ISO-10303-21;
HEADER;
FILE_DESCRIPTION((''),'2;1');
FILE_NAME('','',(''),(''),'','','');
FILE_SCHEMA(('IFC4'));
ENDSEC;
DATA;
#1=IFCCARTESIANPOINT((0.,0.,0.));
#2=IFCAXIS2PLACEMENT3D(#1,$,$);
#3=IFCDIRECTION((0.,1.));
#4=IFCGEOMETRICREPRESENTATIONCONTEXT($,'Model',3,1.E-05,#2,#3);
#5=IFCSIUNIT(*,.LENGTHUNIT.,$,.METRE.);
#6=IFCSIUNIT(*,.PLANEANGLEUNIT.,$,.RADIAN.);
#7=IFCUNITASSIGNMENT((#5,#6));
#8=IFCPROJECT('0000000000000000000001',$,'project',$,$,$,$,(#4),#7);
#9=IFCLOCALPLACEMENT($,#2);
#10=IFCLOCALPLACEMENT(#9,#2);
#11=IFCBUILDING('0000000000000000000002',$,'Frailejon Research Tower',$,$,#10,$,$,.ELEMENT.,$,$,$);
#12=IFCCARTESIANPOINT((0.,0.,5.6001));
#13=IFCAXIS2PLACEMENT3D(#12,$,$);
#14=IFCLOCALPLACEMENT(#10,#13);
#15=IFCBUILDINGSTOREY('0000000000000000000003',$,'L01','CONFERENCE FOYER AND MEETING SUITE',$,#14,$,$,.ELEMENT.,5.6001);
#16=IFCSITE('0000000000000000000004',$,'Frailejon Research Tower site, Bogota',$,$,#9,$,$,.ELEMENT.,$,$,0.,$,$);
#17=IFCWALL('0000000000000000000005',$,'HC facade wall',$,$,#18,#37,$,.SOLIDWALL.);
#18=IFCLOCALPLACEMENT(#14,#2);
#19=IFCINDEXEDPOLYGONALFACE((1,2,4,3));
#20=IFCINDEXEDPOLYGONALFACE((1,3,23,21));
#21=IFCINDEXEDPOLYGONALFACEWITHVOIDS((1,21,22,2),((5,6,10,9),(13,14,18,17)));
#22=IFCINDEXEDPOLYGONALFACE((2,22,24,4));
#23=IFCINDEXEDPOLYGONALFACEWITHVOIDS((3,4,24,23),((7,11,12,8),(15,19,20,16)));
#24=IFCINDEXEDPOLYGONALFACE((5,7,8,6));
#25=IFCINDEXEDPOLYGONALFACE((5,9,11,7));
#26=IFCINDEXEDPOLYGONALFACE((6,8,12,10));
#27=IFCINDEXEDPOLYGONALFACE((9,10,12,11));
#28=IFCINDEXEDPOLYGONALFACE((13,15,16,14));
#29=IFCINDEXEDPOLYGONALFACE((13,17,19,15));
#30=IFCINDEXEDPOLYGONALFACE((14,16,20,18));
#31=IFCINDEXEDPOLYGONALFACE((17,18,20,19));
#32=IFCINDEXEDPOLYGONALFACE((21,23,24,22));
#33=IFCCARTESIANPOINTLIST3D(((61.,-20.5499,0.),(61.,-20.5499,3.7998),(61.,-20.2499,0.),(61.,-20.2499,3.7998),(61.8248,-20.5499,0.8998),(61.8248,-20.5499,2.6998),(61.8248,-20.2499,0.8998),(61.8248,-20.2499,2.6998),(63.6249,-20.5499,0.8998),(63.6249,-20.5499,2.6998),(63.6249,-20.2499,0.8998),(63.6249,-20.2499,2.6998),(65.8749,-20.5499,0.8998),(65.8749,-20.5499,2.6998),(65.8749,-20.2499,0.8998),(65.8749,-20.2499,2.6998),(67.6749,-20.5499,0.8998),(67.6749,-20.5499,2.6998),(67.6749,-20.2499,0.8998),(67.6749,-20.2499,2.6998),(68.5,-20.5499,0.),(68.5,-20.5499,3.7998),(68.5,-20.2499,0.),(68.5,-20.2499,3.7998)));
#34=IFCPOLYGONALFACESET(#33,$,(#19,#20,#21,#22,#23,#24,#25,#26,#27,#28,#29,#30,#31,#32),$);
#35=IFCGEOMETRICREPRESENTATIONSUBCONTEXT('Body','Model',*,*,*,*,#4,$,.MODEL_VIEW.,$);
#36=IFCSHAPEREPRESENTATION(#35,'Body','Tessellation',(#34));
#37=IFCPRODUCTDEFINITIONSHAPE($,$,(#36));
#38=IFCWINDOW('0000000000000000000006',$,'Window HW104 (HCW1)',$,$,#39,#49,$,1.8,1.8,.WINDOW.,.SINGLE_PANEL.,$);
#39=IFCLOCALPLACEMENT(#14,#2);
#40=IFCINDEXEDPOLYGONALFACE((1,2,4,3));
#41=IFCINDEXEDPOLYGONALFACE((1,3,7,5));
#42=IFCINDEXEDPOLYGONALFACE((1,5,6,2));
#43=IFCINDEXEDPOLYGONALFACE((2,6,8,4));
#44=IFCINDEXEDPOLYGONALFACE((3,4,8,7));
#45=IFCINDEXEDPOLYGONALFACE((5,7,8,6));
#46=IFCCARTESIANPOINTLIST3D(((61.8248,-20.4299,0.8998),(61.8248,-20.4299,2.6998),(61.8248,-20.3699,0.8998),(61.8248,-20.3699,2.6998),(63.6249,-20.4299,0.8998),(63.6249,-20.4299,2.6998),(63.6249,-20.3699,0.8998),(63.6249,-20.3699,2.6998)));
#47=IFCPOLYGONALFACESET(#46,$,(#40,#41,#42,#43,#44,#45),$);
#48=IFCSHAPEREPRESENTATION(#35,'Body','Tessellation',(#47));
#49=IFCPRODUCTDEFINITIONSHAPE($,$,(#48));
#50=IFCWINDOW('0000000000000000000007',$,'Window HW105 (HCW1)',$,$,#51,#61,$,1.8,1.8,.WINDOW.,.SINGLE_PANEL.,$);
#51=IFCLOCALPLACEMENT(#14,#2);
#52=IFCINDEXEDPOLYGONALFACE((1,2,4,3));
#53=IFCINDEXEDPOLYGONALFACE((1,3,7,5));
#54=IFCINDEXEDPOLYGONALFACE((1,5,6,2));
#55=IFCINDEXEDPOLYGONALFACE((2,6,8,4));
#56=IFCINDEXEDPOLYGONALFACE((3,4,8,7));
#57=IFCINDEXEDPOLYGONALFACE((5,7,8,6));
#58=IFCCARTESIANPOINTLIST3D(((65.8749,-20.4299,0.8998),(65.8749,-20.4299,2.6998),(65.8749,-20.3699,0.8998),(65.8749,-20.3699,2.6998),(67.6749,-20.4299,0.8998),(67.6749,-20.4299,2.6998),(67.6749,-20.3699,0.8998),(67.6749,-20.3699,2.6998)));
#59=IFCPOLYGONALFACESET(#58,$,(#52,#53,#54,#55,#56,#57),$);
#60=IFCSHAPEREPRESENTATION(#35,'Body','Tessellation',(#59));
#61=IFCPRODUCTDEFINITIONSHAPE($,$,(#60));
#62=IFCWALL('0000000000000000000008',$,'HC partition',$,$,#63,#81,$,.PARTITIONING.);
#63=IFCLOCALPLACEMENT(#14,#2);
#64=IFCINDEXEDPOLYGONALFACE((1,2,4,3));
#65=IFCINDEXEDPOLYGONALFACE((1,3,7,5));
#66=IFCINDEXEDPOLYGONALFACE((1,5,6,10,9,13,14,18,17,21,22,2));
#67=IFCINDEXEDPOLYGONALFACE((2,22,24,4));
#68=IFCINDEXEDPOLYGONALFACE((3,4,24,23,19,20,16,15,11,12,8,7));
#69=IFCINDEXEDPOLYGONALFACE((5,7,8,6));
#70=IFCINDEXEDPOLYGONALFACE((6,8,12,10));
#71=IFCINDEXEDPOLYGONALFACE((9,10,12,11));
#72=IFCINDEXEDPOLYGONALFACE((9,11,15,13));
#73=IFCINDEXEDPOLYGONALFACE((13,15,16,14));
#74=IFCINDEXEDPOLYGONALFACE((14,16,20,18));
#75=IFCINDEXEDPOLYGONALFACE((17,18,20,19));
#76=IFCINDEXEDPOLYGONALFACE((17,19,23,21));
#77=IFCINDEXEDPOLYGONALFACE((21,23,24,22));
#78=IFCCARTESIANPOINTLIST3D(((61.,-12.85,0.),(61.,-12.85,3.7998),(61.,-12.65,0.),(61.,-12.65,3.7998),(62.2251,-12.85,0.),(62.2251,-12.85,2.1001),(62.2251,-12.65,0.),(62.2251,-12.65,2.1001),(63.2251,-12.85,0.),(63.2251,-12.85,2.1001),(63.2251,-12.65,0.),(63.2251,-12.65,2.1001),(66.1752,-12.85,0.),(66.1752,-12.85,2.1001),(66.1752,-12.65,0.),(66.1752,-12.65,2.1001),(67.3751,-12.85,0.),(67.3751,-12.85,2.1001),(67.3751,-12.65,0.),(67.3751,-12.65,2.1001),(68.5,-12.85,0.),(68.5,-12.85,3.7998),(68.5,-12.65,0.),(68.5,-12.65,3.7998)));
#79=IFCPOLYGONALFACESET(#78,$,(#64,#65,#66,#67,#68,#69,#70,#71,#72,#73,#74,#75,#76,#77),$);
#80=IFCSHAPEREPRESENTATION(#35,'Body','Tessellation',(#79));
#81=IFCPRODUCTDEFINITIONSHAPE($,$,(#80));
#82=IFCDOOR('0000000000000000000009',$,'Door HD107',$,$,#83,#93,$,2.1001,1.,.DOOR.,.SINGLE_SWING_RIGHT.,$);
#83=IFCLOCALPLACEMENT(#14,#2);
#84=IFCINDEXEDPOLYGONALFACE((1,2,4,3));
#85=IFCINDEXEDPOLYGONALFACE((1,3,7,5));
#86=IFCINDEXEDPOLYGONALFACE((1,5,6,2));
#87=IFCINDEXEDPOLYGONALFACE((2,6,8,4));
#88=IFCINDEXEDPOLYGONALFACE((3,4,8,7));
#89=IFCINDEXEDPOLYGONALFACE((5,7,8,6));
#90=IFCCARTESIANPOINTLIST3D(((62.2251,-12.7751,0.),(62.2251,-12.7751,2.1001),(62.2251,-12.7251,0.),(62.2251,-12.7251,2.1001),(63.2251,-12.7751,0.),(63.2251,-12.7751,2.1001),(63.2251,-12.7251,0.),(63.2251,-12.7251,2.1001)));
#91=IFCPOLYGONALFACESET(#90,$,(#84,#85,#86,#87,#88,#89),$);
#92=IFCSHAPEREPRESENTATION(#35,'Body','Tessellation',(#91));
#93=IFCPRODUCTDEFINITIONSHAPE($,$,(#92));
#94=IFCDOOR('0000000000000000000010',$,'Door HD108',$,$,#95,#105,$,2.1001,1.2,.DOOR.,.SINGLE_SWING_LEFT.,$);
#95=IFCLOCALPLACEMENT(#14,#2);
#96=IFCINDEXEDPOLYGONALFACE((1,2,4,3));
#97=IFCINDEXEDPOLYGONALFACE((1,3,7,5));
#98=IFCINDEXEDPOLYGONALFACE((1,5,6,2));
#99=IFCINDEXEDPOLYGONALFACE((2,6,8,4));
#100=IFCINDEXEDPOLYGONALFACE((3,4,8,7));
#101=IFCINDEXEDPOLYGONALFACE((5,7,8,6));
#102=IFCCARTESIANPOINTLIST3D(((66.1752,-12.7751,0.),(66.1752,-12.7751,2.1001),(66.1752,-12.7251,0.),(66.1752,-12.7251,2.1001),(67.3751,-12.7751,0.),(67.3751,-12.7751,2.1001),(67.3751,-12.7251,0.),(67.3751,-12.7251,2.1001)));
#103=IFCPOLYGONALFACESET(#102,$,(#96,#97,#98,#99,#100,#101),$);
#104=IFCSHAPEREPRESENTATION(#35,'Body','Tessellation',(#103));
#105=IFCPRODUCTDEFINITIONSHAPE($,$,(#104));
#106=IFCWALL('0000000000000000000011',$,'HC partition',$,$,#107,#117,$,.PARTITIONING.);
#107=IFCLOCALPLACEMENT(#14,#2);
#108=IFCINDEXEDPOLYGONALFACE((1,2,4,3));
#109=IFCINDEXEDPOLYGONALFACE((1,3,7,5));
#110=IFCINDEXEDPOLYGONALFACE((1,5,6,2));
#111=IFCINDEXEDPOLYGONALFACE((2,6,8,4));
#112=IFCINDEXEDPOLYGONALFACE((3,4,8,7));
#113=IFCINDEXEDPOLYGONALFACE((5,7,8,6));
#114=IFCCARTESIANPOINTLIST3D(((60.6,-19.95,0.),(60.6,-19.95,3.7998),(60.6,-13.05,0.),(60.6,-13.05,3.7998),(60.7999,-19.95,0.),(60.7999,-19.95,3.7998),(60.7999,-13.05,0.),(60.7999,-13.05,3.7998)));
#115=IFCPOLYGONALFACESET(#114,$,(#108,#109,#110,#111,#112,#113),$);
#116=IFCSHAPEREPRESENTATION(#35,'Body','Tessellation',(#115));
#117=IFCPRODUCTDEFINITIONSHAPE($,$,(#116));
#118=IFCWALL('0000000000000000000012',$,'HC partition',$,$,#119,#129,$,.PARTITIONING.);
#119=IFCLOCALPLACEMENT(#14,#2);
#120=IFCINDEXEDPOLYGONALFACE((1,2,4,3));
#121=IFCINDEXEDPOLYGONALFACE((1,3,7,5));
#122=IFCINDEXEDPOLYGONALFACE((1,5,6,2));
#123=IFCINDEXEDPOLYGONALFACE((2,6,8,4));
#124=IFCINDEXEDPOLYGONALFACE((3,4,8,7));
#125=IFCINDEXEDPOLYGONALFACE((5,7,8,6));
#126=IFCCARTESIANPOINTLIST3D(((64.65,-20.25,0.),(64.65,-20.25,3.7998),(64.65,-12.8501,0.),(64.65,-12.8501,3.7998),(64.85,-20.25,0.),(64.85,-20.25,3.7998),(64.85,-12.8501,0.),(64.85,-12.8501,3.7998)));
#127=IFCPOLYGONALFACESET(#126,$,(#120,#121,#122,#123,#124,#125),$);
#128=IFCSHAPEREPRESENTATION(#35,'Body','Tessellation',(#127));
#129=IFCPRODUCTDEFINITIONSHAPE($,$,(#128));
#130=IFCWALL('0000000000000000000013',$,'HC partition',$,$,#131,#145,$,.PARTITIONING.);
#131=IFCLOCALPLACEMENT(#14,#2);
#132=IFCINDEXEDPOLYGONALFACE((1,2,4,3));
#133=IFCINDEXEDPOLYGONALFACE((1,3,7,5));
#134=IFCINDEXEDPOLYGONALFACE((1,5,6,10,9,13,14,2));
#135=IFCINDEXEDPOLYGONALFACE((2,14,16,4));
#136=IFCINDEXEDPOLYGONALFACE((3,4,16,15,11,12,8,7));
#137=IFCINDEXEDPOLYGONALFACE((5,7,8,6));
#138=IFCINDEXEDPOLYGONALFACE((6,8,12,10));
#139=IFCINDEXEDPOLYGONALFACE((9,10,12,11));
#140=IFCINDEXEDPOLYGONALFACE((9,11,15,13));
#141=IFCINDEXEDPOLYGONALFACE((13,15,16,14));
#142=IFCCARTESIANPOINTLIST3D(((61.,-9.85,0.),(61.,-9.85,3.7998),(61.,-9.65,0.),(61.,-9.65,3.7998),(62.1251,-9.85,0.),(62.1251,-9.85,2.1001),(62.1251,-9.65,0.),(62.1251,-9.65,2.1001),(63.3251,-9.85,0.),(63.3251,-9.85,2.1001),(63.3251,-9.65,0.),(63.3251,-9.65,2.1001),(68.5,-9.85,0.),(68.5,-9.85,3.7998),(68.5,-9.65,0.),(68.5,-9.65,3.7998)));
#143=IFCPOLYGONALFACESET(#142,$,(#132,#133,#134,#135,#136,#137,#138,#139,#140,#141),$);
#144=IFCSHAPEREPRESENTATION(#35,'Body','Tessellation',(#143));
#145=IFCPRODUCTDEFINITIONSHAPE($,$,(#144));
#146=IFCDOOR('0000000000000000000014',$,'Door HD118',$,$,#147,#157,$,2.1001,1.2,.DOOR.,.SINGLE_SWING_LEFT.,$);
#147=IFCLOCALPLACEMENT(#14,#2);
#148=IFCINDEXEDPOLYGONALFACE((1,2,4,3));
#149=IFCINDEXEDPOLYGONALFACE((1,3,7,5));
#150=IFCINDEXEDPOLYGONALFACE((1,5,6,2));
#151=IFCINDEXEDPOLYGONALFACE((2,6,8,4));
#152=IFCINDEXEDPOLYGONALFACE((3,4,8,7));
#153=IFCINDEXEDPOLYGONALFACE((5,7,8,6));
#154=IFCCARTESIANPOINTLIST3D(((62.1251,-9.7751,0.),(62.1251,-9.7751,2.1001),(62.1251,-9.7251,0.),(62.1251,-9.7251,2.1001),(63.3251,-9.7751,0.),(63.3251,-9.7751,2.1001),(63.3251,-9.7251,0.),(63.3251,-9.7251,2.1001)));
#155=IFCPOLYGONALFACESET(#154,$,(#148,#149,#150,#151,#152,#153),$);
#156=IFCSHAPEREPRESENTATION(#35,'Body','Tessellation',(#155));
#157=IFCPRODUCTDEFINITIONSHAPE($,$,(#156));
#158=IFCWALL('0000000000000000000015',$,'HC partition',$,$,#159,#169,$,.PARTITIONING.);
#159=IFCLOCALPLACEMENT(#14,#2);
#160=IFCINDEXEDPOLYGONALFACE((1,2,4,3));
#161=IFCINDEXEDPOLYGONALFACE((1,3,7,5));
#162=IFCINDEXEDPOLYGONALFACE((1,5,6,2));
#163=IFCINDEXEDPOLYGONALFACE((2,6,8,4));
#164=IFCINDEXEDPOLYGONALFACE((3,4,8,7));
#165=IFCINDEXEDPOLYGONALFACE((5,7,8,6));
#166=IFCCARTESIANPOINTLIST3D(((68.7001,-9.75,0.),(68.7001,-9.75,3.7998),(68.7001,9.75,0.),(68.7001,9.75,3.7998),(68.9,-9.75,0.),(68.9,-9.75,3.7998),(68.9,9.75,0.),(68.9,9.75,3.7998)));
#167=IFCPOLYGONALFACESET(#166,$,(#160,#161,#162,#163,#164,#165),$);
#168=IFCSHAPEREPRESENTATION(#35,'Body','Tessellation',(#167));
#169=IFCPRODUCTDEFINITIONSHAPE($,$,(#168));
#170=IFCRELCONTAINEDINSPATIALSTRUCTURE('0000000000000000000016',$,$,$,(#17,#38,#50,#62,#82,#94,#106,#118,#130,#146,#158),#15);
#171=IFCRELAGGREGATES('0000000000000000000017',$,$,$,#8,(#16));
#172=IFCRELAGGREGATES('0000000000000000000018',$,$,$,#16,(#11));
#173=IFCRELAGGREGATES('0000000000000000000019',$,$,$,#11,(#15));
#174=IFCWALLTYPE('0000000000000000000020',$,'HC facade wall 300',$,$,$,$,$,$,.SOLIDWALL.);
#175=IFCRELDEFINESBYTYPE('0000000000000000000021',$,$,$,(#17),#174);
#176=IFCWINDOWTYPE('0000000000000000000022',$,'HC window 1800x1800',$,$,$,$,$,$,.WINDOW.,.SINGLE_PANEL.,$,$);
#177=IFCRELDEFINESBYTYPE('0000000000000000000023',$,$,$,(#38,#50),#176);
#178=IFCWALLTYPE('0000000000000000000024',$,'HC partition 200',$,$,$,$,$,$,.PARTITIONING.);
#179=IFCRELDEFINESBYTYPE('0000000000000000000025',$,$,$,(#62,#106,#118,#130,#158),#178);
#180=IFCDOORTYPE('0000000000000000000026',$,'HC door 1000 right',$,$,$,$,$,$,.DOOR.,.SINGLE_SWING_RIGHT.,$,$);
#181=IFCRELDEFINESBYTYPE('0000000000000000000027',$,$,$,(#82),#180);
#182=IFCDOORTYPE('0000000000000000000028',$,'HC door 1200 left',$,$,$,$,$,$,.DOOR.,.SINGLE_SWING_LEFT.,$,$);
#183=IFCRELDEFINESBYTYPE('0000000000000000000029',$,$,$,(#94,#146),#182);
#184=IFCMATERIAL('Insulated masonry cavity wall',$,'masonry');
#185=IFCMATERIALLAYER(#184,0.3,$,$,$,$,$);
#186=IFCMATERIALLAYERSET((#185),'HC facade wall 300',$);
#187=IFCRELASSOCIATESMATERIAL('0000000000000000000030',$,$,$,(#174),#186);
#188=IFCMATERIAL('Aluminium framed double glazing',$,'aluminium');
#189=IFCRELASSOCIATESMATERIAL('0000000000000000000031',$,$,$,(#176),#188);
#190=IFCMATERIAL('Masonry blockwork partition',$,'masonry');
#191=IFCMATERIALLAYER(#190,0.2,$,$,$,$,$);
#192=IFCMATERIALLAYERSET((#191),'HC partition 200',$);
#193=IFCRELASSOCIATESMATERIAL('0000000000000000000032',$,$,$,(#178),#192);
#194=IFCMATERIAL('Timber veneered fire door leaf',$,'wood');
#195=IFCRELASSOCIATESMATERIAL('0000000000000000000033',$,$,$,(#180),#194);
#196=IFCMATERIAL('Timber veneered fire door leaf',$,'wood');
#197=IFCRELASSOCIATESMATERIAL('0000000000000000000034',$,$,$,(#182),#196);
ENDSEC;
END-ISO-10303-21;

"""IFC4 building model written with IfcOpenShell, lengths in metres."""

from ifc_helpers import new_model, si_unit, direction, frame, frame_2d, origin, place, context, subcontext, project, spatial, rectangle, extrude, material, layer, layer_set, type_object, element, fill, save


model = new_model("IFC4")

# Units and contexts
model_context = context("Model", 3, precision=1e-05, world=origin(), true_north=direction((0.0, 1.0)))
body_context = subcontext(model_context, "Body", "Model", "MODEL_VIEW")
ifc_project = project(units=[si_unit("LENGTHUNIT", "METRE"), si_unit("PLANEANGLEUNIT", "RADIAN")], contexts=[model_context])

# Site, building, storey
site_placement = place(None, origin())
site = spatial("IfcSite", under=ifc_project, at=site_placement, Name="Frailejon Research Tower site, Bogota", CompositionType="ELEMENT", RefElevation=0.0)
building_placement = place(site_placement, origin())
building = spatial("IfcBuilding", under=site, at=building_placement, Name="Frailejon Research Tower", CompositionType="ELEMENT")
storey_placement = place(building_placement, frame((0.0, 0.0, 5.6001)))
storey = spatial("IfcBuildingStorey", under=building, at=storey_placement, Name="L01", Description="CONFERENCE FOYER AND MEETING SUITE", CompositionType="ELEMENT", Elevation=5.6001)

# Wall, openings, windows
ifc_material_1 = material(Name="Insulated masonry cavity wall", Category="masonry")
ifc_layer_1 = layer(ifc_material_1, 0.3)
ifc_layer_set_1 = layer_set([ifc_layer_1], Name="HC facade wall 300")
wall_type_1 = type_object("IfcWallType", Name="HC facade wall 300", PredefinedType="SOLIDWALL", material=ifc_layer_set_1)
wall_1_placement = place(storey_placement, frame((61.0, -20.3999, 0.0), z_axis=(0.0, 0.0, 1.0), x_axis=(1.0, 0.0, 0.0)))
wall_1 = element("IfcWall", 1, at=wall_1_placement, inside=storey, type_object=wall_type_1, Name="HC facade wall", PredefinedType="SOLIDWALL", context=body_context, shape_type="SweptSolid", body=[
    extrude(rectangle(XDim=7.5, YDim=0.3, at=frame_2d((3.75, 0.0))), origin(), (0.0, 0.0, 1.0), 3.7998),
])
opening_1_placement = place(wall_1_placement, frame((0.825, 0.0, 0.8999)))
opening_1 = element("IfcOpeningElement", 2, at=opening_1_placement, cuts=wall_1, PredefinedType="OPENING", context=body_context, shape_type="SweptSolid", body=[
    extrude(rectangle(XDim=1.8, YDim=1.8, at=frame_2d((0.8999, 0.8999))), frame((0.0, 0.1599, 0.0), z_axis=(0.0, -1.0, 0.0), x_axis=(1.0, 0.0, 0.0)), (0.0, 0.0, 1.0), 0.3201),
])
opening_2_placement = place(wall_1_placement, frame((4.875, 0.0, 0.8999)))
opening_2 = element("IfcOpeningElement", 3, at=opening_2_placement, cuts=wall_1, PredefinedType="OPENING", context=body_context, shape_type="SweptSolid", body=[
    extrude(rectangle(XDim=1.8, YDim=1.8, at=frame_2d((0.8999, 0.8999))), frame((0.0, 0.1599, 0.0), z_axis=(0.0, -1.0, 0.0), x_axis=(1.0, 0.0, 0.0)), (0.0, 0.0, 1.0), 0.3201),
])
ifc_material_2 = material(Name="Aluminium framed double glazing", Category="aluminium")
window_type = type_object("IfcWindowType", Name="HC window 1800x1800", PartitioningType="SINGLE_PANEL", PredefinedType="WINDOW", material=ifc_material_2)
window_1_placement = place(opening_1_placement, origin())
window_1 = element("IfcWindow", 4, at=window_1_placement, inside=storey, type_object=window_type, Name="Window HW104 (HCW1)", OverallHeight=1.8, OverallWidth=1.8, PartitioningType="SINGLE_PANEL", PredefinedType="WINDOW", context=body_context, shape_type="SweptSolid", body=[
    extrude(rectangle(XDim=1.8, YDim=1.8, at=frame_2d((0.8999, 0.8999))), frame((0.0, 0.03, 0.0), z_axis=(0.0, -1.0, 0.0), x_axis=(1.0, 0.0, 0.0)), (0.0, 0.0, 1.0), 0.0601),
])
fill(opening_1, window_1)
window_2_placement = place(opening_2_placement, origin())
window_2 = element("IfcWindow", 5, at=window_2_placement, inside=storey, type_object=window_type, Name="Window HW105 (HCW1)", OverallHeight=1.8, OverallWidth=1.8, PartitioningType="SINGLE_PANEL", PredefinedType="WINDOW", context=body_context, shape_type="SweptSolid", body=[
    extrude(rectangle(XDim=1.8, YDim=1.8, at=frame_2d((0.8999, 0.8999))), frame((0.0, 0.03, 0.0), z_axis=(0.0, -1.0, 0.0), x_axis=(1.0, 0.0, 0.0)), (0.0, 0.0, 1.0), 0.0601),
])
fill(opening_2, window_2)

# Wall, openings, doors
ifc_material_3 = material(Name="Masonry blockwork partition", Category="masonry")
ifc_layer_2 = layer(ifc_material_3, 0.2)
ifc_layer_set_2 = layer_set([ifc_layer_2], Name="HC partition 200")
wall_type_2 = type_object("IfcWallType", Name="HC partition 200", PredefinedType="PARTITIONING", material=ifc_layer_set_2)
wall_2_placement = place(storey_placement, frame((61.0, -12.75, 0.0), z_axis=(0.0, 0.0, 1.0), x_axis=(1.0, 0.0, 0.0)))
wall_2 = element("IfcWall", 6, at=wall_2_placement, inside=storey, type_object=wall_type_2, Name="HC partition", PredefinedType="PARTITIONING", context=body_context, shape_type="SweptSolid", body=[
    extrude(rectangle(XDim=7.5, YDim=0.2, at=frame_2d((3.75, 0.0))), origin(), (0.0, 0.0, 1.0), 3.7998),
])
opening_3_placement = place(wall_2_placement, frame((1.2251, 0.0, 0.0)))
opening_3 = element("IfcOpeningElement", 7, at=opening_3_placement, cuts=wall_2, PredefinedType="OPENING", context=body_context, shape_type="SweptSolid", body=[
    extrude(rectangle(XDim=1.0, YDim=2.1001, at=frame_2d((0.5, 1.05))), frame((0.0, 0.1099, 0.0), z_axis=(0.0, -1.0, 0.0), x_axis=(1.0, 0.0, 0.0)), (0.0, 0.0, 1.0), 0.22),
])
opening_4_placement = place(wall_2_placement, frame((5.175, 0.0, 0.0)))
opening_4 = element("IfcOpeningElement", 8, at=opening_4_placement, cuts=wall_2, PredefinedType="OPENING", context=body_context, shape_type="SweptSolid", body=[
    extrude(rectangle(XDim=1.2, YDim=2.1001, at=frame_2d((0.6001, 1.05))), frame((0.0, 0.1099, 0.0), z_axis=(0.0, -1.0, 0.0), x_axis=(1.0, 0.0, 0.0)), (0.0, 0.0, 1.0), 0.22),
])
ifc_material_4 = material(Name="Timber veneered fire door leaf", Category="wood")
door_type_1 = type_object("IfcDoorType", Name="HC door 1000 right", OperationType="SINGLE_SWING_RIGHT", PredefinedType="DOOR", material=ifc_material_4)
door_1_placement = place(opening_3_placement, origin())
door_1 = element("IfcDoor", 9, at=door_1_placement, inside=storey, type_object=door_type_1, Name="Door HD107", OperationType="SINGLE_SWING_RIGHT", OverallHeight=2.1001, OverallWidth=1.0, PredefinedType="DOOR", context=body_context, shape_type="SweptSolid", body=[
    extrude(rectangle(XDim=1.0, YDim=2.1001, at=frame_2d((0.5, 1.05))), frame((0.0, 0.0249, 0.0), z_axis=(0.0, -1.0, 0.0), x_axis=(1.0, 0.0, 0.0)), (0.0, 0.0, 1.0), 0.05),
])
fill(opening_3, door_1)
ifc_material_5 = material(Name="Timber veneered fire door leaf", Category="wood")
door_type_2 = type_object("IfcDoorType", Name="HC door 1200 left", OperationType="SINGLE_SWING_LEFT", PredefinedType="DOOR", material=ifc_material_5)
door_2_placement = place(opening_4_placement, origin())
door_2 = element("IfcDoor", 10, at=door_2_placement, inside=storey, type_object=door_type_2, Name="Door HD108", OperationType="SINGLE_SWING_LEFT", OverallHeight=2.1001, OverallWidth=1.2, PredefinedType="DOOR", context=body_context, shape_type="SweptSolid", body=[
    extrude(rectangle(XDim=1.2, YDim=2.1001, at=frame_2d((0.6001, 1.05))), frame((0.0, 0.0249, 0.0), z_axis=(0.0, -1.0, 0.0), x_axis=(1.0, 0.0, 0.0)), (0.0, 0.0, 1.0), 0.05),
])
fill(opening_4, door_2)

# Walls
wall_3_placement = place(storey_placement, frame((60.7, -19.95, 0.0), z_axis=(0.0, 0.0, 1.0), x_axis=(0.0, 1.0, 0.0)))
element("IfcWall", 11, at=wall_3_placement, inside=storey, type_object=wall_type_2, Name="HC partition", PredefinedType="PARTITIONING", context=body_context, shape_type="SweptSolid", body=[
    extrude(rectangle(XDim=6.8999, YDim=0.2, at=frame_2d((3.45, 0.0))), origin(), (0.0, 0.0, 1.0), 3.7998),
])
wall_4_placement = place(storey_placement, frame((64.75, -20.25, 0.0), z_axis=(0.0, 0.0, 1.0), x_axis=(0.0, 1.0, 0.0)))
element("IfcWall", 12, at=wall_4_placement, inside=storey, type_object=wall_type_2, Name="HC partition", PredefinedType="PARTITIONING", context=body_context, shape_type="SweptSolid", body=[
    extrude(rectangle(XDim=7.3999, YDim=0.2, at=frame_2d((3.7, 0.0))), origin(), (0.0, 0.0, 1.0), 3.7998),
])

# Wall, opening, door
wall_5_placement = place(storey_placement, frame((61.0, -9.75, 0.0), z_axis=(0.0, 0.0, 1.0), x_axis=(1.0, 0.0, 0.0)))
wall_5 = element("IfcWall", 13, at=wall_5_placement, inside=storey, type_object=wall_type_2, Name="HC partition", PredefinedType="PARTITIONING", context=body_context, shape_type="SweptSolid", body=[
    extrude(rectangle(XDim=7.5, YDim=0.2, at=frame_2d((3.75, 0.0))), origin(), (0.0, 0.0, 1.0), 3.7998),
])
opening_5_placement = place(wall_5_placement, frame((1.125, 0.0, 0.0)))
opening_5 = element("IfcOpeningElement", 14, at=opening_5_placement, cuts=wall_5, PredefinedType="OPENING", context=body_context, shape_type="SweptSolid", body=[
    extrude(rectangle(XDim=1.2, YDim=2.1001, at=frame_2d((0.6001, 1.05))), frame((0.0, 0.1099, 0.0), z_axis=(0.0, -1.0, 0.0), x_axis=(1.0, 0.0, 0.0)), (0.0, 0.0, 1.0), 0.22),
])
door_3_placement = place(opening_5_placement, origin())
door_3 = element("IfcDoor", 15, at=door_3_placement, inside=storey, type_object=door_type_2, Name="Door HD118", OperationType="SINGLE_SWING_LEFT", OverallHeight=2.1001, OverallWidth=1.2, PredefinedType="DOOR", context=body_context, shape_type="SweptSolid", body=[
    extrude(rectangle(XDim=1.2, YDim=2.1001, at=frame_2d((0.6001, 1.05))), frame((0.0, 0.0249, 0.0), z_axis=(0.0, -1.0, 0.0), x_axis=(1.0, 0.0, 0.0)), (0.0, 0.0, 1.0), 0.05),
])
fill(opening_5, door_3)

# Wall
wall_6_placement = place(storey_placement, frame((68.8, -9.75, 0.0), z_axis=(0.0, 0.0, 1.0), x_axis=(0.0, 1.0, 0.0)))
element("IfcWall", 16, at=wall_6_placement, inside=storey, type_object=wall_type_2, Name="HC partition", PredefinedType="PARTITIONING", context=body_context, shape_type="SweptSolid", body=[
    extrude(rectangle(XDim=19.5, YDim=0.2, at=frame_2d((9.75, 0.0))), origin(), (0.0, 0.0, 1.0), 3.7998),
])

save(model, "model.ifc")
